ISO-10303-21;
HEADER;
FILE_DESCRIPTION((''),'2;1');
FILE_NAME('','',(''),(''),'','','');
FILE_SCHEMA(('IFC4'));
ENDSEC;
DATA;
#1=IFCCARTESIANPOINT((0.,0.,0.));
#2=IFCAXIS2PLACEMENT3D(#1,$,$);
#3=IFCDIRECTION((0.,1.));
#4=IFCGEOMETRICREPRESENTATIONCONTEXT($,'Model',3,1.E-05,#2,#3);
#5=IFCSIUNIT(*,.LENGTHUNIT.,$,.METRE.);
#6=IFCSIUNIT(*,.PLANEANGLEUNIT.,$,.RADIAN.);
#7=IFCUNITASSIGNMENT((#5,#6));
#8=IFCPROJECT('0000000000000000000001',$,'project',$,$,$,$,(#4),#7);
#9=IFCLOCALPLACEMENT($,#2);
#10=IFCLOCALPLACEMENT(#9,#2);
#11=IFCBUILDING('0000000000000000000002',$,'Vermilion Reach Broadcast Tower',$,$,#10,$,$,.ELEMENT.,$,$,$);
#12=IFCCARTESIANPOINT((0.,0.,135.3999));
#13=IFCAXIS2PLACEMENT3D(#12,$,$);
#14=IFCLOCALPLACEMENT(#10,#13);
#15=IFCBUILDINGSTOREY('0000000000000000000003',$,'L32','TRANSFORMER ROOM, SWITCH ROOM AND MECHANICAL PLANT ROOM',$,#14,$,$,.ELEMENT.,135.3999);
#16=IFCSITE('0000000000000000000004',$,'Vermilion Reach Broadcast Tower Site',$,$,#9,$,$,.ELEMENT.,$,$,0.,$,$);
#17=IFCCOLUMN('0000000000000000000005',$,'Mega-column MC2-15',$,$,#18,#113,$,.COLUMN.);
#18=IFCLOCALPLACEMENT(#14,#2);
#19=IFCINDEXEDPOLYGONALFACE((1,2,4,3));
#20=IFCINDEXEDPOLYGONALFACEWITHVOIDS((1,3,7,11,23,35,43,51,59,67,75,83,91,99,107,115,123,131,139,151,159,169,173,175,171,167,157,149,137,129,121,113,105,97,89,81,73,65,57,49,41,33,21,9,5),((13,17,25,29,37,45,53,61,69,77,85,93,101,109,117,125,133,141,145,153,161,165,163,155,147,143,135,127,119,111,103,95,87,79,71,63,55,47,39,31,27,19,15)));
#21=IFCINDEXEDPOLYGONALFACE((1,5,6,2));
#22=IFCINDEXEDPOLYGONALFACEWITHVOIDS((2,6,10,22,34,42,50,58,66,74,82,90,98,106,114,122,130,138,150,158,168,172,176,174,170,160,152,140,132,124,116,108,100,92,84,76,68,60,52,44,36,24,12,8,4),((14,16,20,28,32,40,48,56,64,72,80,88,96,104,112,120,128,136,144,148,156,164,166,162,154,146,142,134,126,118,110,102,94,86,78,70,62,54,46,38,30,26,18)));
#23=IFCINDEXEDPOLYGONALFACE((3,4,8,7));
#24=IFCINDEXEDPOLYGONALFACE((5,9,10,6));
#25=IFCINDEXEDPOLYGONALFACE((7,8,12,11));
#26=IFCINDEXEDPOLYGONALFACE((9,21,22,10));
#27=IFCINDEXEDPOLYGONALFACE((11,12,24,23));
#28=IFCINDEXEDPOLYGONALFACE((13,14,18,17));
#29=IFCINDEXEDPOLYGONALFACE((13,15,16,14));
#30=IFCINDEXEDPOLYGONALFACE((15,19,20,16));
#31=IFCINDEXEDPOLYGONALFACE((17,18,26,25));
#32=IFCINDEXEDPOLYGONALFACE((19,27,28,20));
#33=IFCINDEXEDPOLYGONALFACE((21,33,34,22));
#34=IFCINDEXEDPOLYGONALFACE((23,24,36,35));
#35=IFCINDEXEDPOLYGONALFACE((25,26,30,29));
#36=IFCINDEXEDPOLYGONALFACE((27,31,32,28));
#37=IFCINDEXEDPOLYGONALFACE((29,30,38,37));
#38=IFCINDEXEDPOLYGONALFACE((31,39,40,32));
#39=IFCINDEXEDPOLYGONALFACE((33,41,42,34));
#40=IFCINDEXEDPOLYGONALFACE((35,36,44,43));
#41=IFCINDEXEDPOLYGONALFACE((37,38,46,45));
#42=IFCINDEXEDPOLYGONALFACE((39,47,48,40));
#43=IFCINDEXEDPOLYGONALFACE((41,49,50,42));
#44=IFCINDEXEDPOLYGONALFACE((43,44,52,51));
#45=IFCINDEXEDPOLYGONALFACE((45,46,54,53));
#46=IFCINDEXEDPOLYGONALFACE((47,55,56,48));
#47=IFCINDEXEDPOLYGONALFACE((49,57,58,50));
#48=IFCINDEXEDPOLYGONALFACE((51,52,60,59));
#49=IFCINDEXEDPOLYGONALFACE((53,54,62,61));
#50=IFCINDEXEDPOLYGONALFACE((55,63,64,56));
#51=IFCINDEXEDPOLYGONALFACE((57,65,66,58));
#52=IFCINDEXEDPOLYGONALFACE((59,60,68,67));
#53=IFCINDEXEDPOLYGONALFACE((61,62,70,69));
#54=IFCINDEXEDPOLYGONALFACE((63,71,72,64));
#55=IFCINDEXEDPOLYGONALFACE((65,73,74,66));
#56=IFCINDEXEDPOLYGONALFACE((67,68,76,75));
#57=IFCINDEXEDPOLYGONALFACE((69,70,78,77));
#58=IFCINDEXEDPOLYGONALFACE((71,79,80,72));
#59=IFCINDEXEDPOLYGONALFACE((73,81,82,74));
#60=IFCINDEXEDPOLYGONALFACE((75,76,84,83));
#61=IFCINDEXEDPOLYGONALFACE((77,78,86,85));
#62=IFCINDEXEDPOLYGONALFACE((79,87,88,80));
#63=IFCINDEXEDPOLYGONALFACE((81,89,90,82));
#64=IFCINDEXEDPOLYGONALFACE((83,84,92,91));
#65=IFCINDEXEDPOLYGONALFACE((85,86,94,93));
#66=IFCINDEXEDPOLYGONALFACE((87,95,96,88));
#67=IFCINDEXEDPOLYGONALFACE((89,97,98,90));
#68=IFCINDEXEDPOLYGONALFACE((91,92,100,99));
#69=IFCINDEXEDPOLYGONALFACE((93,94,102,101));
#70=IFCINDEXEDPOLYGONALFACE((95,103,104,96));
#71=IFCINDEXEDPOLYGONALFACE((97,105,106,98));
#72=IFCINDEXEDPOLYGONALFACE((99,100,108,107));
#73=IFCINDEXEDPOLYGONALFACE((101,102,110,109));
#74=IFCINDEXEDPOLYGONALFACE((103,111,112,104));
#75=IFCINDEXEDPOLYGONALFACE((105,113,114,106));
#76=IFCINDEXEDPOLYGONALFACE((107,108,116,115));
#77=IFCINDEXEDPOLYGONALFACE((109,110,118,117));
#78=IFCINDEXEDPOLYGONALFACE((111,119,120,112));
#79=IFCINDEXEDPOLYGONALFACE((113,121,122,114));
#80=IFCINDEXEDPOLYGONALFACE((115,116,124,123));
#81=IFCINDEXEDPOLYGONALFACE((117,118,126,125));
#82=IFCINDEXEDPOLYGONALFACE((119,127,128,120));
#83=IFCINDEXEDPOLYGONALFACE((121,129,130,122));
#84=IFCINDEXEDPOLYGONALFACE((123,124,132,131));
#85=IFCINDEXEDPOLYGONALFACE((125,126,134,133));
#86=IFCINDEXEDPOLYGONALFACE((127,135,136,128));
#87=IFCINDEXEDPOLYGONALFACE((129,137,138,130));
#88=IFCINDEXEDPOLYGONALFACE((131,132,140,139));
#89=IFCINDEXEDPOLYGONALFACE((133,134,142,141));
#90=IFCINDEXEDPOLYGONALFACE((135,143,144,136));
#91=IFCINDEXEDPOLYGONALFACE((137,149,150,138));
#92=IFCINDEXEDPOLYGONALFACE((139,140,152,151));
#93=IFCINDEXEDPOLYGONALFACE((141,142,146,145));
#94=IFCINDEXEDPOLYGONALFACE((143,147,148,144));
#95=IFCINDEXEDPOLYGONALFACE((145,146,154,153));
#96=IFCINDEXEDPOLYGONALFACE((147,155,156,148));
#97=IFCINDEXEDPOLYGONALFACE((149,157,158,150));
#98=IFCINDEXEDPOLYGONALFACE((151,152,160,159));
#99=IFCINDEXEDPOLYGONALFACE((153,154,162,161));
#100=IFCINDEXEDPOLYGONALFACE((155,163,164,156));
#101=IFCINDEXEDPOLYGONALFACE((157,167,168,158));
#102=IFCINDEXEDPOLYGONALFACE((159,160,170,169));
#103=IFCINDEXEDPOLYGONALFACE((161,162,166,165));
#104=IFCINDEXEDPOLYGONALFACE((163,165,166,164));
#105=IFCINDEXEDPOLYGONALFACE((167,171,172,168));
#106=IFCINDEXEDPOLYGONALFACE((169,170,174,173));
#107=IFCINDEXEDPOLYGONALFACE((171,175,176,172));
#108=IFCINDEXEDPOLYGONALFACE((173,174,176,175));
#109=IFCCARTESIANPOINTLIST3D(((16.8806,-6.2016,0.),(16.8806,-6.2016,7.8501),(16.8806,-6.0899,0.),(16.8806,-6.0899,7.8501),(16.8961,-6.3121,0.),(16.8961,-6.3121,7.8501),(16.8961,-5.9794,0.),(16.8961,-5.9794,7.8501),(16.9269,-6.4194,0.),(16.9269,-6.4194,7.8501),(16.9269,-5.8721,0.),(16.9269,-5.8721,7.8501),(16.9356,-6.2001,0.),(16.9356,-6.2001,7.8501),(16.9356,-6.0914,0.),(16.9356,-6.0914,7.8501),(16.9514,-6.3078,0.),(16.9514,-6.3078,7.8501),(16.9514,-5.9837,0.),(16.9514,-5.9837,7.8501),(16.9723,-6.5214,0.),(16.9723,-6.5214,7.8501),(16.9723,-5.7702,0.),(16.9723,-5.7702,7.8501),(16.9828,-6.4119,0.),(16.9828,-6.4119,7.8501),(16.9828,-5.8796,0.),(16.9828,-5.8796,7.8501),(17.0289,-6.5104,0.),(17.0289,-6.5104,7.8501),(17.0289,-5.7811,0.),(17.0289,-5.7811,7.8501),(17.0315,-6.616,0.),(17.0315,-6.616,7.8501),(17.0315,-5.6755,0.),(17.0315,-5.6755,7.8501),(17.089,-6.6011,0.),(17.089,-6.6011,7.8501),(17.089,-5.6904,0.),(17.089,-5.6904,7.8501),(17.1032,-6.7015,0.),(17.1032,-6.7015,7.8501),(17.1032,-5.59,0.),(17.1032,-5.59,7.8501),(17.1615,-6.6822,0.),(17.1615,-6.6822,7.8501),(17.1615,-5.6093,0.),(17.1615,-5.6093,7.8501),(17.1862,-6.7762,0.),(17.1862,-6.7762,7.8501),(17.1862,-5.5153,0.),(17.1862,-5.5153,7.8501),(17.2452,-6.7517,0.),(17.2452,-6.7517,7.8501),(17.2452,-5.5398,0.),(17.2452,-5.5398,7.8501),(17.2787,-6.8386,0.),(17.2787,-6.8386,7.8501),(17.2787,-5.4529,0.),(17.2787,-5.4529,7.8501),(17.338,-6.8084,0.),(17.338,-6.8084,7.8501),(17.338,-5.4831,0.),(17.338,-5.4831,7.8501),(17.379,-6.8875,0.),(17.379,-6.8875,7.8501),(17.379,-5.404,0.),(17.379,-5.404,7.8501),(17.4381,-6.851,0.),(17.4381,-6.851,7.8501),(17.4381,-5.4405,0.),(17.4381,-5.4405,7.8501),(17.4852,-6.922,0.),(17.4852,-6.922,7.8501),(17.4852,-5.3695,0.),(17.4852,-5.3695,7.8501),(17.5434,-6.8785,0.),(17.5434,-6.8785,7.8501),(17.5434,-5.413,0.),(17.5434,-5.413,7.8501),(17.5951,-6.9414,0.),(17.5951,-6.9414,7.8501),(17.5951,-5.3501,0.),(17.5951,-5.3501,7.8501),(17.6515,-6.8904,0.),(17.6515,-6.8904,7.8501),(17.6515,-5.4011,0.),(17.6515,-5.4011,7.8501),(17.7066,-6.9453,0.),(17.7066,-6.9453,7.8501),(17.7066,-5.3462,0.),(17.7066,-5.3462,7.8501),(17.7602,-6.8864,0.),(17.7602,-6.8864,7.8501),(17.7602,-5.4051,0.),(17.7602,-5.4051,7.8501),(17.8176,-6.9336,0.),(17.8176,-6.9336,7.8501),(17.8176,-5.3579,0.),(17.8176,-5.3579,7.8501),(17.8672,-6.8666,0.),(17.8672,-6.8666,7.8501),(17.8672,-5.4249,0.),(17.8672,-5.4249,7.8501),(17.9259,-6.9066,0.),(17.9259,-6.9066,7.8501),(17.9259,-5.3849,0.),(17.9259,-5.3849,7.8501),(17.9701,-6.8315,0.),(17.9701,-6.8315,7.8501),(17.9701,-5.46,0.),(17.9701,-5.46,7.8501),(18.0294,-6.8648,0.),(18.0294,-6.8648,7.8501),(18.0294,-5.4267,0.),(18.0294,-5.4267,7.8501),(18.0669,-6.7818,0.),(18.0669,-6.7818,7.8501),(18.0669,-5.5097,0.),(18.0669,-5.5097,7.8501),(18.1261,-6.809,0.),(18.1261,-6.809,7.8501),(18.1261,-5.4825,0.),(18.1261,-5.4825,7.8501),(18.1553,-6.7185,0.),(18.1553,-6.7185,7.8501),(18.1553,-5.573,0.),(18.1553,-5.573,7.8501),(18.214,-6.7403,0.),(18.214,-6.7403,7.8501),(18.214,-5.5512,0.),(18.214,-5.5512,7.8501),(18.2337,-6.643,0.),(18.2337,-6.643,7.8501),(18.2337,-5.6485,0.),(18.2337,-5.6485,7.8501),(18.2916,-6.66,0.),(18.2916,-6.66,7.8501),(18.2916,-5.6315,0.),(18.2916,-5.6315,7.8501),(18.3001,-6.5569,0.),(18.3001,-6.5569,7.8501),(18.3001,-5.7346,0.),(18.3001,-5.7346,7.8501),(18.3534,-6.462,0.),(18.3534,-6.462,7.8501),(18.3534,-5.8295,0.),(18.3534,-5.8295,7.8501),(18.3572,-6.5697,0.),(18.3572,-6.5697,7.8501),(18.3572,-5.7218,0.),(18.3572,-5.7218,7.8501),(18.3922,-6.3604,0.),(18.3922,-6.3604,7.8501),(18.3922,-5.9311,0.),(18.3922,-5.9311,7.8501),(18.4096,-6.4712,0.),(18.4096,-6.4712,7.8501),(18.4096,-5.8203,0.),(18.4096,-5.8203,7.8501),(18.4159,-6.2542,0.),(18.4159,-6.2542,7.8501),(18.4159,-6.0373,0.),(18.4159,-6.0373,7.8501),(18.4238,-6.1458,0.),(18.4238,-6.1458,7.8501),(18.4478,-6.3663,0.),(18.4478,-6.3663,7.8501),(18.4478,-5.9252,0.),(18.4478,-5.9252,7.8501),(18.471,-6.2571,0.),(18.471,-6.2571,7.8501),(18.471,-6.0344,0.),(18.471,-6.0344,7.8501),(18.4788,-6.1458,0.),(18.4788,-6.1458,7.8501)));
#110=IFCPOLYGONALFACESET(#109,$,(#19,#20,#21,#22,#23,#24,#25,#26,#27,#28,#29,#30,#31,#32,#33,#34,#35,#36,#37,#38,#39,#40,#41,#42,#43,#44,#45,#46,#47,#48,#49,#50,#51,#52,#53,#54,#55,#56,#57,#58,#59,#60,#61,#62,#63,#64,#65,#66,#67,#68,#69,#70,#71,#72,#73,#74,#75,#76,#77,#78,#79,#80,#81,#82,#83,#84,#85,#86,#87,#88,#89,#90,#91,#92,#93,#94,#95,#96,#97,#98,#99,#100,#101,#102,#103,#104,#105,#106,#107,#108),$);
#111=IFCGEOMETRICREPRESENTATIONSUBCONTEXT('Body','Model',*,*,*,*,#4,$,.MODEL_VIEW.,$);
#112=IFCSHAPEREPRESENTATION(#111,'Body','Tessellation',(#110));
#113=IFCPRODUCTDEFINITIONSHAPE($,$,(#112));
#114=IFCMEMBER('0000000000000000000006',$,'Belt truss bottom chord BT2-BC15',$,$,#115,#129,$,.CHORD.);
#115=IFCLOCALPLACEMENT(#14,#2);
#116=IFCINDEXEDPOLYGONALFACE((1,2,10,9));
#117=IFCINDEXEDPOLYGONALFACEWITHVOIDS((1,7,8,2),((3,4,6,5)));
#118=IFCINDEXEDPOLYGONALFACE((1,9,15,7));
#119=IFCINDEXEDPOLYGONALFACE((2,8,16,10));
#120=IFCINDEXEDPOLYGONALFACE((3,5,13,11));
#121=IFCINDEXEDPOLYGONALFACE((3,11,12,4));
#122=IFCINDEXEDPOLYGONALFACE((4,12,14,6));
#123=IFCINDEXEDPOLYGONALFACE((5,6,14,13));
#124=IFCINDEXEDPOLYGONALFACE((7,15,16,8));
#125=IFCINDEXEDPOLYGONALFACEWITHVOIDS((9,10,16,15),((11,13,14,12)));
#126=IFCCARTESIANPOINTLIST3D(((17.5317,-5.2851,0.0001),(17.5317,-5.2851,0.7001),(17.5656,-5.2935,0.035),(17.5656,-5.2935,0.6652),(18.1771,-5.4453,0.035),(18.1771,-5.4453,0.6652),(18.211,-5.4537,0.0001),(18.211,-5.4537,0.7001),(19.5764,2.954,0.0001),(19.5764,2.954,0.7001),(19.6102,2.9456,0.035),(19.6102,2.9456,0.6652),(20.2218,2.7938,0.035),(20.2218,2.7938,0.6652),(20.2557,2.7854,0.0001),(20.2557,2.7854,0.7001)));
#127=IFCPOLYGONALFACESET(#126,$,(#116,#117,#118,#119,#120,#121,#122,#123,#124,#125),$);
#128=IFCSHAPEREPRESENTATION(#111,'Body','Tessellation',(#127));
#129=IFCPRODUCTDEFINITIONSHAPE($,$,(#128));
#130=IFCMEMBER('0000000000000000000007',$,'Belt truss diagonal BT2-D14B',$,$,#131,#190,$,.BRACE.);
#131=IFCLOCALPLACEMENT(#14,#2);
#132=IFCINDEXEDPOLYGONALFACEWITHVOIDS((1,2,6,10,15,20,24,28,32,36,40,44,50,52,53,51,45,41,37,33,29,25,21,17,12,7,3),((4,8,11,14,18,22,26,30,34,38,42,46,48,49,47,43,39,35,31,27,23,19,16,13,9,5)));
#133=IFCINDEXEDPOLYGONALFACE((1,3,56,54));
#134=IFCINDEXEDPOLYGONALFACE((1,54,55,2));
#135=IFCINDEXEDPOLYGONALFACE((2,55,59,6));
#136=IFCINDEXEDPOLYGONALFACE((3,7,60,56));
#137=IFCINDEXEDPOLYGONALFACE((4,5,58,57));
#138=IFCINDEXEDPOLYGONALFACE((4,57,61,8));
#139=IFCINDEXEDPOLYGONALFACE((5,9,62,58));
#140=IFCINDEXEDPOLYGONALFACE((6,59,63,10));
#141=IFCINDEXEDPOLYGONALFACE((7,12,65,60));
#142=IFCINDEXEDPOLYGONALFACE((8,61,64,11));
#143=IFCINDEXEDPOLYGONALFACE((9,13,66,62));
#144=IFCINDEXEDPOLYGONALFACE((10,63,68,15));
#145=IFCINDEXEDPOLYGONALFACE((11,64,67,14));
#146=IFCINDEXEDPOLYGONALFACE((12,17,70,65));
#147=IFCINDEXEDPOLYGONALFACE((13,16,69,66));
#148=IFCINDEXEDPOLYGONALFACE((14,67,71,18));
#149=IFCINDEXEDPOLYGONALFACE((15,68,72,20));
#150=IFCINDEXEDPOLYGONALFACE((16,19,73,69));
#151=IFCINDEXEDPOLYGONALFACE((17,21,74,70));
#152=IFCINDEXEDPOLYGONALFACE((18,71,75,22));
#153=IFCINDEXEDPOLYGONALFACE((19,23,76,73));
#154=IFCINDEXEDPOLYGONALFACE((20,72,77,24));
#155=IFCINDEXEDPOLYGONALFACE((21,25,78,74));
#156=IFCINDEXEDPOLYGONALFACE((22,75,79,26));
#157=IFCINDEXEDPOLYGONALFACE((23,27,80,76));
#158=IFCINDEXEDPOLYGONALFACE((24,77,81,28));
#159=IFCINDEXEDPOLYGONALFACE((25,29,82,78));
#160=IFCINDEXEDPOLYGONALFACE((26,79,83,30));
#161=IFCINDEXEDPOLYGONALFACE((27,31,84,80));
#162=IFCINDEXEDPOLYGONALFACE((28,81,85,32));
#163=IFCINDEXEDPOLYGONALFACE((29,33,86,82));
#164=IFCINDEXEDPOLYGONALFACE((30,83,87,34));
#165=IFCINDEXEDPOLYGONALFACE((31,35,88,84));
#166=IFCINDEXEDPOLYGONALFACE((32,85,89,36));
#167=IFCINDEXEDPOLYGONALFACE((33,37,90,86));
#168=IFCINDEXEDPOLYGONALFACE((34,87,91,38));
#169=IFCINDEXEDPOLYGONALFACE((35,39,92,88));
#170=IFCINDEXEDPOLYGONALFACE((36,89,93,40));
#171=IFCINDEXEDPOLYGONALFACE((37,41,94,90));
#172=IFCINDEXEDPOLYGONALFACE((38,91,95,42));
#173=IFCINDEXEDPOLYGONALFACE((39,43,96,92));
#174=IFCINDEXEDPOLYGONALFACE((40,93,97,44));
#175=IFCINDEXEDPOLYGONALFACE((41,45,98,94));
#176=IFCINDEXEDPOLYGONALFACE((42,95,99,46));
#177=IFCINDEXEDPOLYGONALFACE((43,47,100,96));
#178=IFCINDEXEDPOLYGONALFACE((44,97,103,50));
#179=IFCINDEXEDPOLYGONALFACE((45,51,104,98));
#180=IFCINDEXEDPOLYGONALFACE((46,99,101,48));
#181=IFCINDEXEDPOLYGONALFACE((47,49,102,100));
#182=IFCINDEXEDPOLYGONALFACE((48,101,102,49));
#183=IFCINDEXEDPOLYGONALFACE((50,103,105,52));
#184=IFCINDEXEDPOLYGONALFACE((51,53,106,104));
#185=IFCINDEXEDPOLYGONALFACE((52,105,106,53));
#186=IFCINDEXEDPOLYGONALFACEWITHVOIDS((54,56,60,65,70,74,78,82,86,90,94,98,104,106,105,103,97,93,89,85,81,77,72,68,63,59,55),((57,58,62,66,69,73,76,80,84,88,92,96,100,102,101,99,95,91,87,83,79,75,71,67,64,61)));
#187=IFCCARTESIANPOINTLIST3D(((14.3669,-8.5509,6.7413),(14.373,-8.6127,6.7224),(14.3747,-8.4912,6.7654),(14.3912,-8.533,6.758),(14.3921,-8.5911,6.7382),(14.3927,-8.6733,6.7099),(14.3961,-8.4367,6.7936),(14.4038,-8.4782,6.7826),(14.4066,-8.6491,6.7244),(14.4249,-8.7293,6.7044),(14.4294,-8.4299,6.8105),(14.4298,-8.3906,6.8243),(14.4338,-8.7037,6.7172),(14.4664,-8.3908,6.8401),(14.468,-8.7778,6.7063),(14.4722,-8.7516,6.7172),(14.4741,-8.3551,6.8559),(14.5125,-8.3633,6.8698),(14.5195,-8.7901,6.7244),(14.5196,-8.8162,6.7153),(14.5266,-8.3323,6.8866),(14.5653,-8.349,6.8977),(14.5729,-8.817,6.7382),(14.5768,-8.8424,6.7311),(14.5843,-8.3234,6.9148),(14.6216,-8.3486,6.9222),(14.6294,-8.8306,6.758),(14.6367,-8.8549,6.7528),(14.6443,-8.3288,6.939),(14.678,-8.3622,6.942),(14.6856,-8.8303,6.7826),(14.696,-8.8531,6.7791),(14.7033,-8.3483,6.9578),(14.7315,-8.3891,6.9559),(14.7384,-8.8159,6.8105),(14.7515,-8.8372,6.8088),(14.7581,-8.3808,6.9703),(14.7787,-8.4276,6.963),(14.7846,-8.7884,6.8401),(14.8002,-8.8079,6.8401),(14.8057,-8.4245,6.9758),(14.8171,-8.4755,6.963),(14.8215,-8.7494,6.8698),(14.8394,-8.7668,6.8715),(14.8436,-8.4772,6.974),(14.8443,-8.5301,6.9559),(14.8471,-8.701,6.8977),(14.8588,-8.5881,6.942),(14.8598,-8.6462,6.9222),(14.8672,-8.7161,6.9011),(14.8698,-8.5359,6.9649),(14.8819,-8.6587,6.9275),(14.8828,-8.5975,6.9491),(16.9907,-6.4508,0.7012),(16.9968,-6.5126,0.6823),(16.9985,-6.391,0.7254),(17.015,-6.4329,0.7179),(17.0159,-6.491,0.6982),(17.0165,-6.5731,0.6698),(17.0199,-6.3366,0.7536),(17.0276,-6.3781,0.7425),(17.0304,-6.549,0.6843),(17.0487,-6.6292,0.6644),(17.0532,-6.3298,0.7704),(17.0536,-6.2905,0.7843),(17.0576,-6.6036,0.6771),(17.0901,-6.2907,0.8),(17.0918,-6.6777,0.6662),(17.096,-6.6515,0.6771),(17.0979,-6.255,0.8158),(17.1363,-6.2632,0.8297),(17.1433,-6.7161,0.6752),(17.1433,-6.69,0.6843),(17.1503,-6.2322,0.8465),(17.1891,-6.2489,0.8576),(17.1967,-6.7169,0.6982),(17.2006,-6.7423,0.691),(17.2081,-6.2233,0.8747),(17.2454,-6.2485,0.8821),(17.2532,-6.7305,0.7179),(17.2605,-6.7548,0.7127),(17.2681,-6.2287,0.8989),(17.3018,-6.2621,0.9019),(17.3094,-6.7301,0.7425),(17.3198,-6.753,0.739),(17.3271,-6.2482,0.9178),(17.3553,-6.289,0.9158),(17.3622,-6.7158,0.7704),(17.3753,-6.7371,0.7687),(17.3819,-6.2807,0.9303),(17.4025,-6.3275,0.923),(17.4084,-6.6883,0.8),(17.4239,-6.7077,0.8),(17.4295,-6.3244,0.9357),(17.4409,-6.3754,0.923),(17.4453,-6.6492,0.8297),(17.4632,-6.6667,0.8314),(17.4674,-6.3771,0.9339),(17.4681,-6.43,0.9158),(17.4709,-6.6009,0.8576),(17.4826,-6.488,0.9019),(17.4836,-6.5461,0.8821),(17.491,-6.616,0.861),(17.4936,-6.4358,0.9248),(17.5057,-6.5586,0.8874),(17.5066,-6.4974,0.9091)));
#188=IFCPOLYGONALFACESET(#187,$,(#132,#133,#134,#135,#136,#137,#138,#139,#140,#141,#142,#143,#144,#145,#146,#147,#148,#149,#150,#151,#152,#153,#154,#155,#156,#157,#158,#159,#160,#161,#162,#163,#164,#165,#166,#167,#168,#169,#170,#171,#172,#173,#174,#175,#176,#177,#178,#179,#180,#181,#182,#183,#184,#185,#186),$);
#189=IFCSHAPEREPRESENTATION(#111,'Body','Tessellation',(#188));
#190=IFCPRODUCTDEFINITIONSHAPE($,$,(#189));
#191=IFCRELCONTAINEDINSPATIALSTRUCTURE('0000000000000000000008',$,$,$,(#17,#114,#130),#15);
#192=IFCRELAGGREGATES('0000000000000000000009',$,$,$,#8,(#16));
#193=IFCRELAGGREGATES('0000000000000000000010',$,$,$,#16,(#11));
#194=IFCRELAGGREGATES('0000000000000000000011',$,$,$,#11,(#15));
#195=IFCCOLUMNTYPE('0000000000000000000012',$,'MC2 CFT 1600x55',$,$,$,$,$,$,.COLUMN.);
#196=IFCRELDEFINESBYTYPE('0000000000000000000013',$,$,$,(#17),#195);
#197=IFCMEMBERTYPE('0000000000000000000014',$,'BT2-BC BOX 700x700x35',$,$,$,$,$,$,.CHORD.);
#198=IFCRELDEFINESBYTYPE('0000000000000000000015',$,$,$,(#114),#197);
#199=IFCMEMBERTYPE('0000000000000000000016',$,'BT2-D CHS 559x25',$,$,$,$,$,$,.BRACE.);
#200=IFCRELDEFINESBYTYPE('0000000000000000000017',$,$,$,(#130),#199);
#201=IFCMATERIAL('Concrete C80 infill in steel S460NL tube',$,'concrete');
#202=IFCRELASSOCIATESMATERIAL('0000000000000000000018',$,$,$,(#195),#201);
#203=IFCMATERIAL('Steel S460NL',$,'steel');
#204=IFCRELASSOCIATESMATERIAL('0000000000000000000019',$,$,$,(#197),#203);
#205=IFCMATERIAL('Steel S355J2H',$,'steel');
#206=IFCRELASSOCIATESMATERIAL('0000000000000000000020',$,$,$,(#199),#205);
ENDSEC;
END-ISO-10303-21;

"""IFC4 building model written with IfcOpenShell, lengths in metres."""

from ifc_helpers import new_model, si_unit, direction, frame, origin, origin_2d, place, context, subcontext, project, spatial, hollow_rectangle, hollow_circle, extrude, material, material_profile, profile_set, type_object, element, save


model = new_model("IFC4")

# Units and contexts
model_context = context("Model", 3, precision=1e-05, world=origin(), true_north=direction((0.0, 1.0)))
body_context = subcontext(model_context, "Body", "Model", "MODEL_VIEW")
ifc_project = project(units=[si_unit("LENGTHUNIT", "METRE"), si_unit("PLANEANGLEUNIT", "RADIAN")], contexts=[model_context])

# Site, building, storey
site_placement = place(None, origin())
site = spatial("IfcSite", under=ifc_project, at=site_placement, Name="Vermilion Reach Broadcast Tower Site", CompositionType="ELEMENT", RefElevation=0.0)
building_placement = place(site_placement, origin())
building = spatial("IfcBuilding", under=site, at=building_placement, Name="Vermilion Reach Broadcast Tower", CompositionType="ELEMENT")
storey_placement = place(building_placement, frame((0.0, 0.0, 135.3999)))
storey = spatial("IfcBuildingStorey", under=building, at=storey_placement, Name="L32", Description="TRANSFORMER ROOM, SWITCH ROOM AND MECHANICAL PLANT ROOM", CompositionType="ELEMENT", Elevation=135.3999)

# Column
ifc_material_1 = material(Name="Concrete C80 infill in steel S460NL tube", Category="concrete")
ifc_material_profile_1 = material_profile(ifc_material_1, hollow_circle(Radius=0.8, WallThickness=0.0549, at=origin_2d()), Name="Concrete C80 infill in steel S460NL tube CFT 1600x55")
ifc_profile_set_1 = profile_set([ifc_material_profile_1], Name="Concrete C80 infill in steel S460NL tube")
column_type = type_object("IfcColumnType", Name="MC2 CFT 1600x55", PredefinedType="COLUMN", material=ifc_profile_set_1)
column_placement = place(storey_placement, frame((17.6787, -6.1458, 0.0), z_axis=(0.0, 0.0, 1.0), x_axis=(1.0, 0.0, 0.0)))
element("IfcColumn", 1, at=column_placement, inside=storey, type_object=column_type, Name="Mega-column MC2-15", PredefinedType="COLUMN", context=body_context, shape_type="SweptSolid", body=[
    extrude(hollow_circle(Radius=0.8, WallThickness=0.0549, at=origin_2d()), origin(), (0.0, 0.0, 1.0), 7.8501),
])

# Members
ifc_material_2 = material(Name="Steel S460NL", Category="steel")
ifc_material_profile_2 = material_profile(ifc_material_2, hollow_rectangle(XDim=0.7, YDim=0.7, WallThickness=0.0349, at=origin_2d()), Name="S460NL BOX 700x700x35")
ifc_profile_set_2 = profile_set([ifc_material_profile_2], Name="Steel S460NL")
member_type_1 = type_object("IfcMemberType", Name="BT2-BC BOX 700x700x35", PredefinedType="CHORD", material=ifc_profile_set_2)
member_1_placement = place(storey_placement, frame((17.8713, -5.3694, 0.3501), z_axis=(0.240864, 0.970559, 0.0), x_axis=(-0.970559, 0.240864, 0.0)))
element("IfcMember", 2, at=member_1_placement, inside=storey, type_object=member_type_1, Name="Belt truss bottom chord BT2-BC15", PredefinedType="CHORD", context=body_context, shape_type="SweptSolid", body=[
    extrude(hollow_rectangle(XDim=0.7, YDim=0.7, WallThickness=0.0349, at=origin_2d()), origin(), (0.0, 0.0, 1.0), 8.489),
])
ifc_material_3 = material(Name="Steel S355J2H", Category="steel")
ifc_material_profile_3 = material_profile(ifc_material_3, hollow_circle(Radius=0.2795, WallThickness=0.0249, at=origin_2d()), Name="S355J2H CHS 559x25")
ifc_profile_set_3 = profile_set([ifc_material_profile_3], Name="Steel S355J2H")
member_type_2 = type_object("IfcMemberType", Name="BT2-D CHS 559x25", PredefinedType="BRACE", material=ifc_profile_set_3)
member_2_placement = place(storey_placement, frame((17.2493, -6.4895, 0.8), z_axis=(-0.379594, -0.303831, 0.87384), x_axis=(0.62489, -0.780713, 0.0)))
element("IfcMember", 3, at=member_2_placement, inside=storey, type_object=member_type_2, Name="Belt truss diagonal BT2-D14B", PredefinedType="BRACE", context=body_context, shape_type="SweptSolid", body=[
    extrude(hollow_circle(Radius=0.2795, WallThickness=0.0249, at=origin_2d()), origin(), (0.0, 0.0, 1.0), 6.9121),
])

save(model, "model.ifc")
